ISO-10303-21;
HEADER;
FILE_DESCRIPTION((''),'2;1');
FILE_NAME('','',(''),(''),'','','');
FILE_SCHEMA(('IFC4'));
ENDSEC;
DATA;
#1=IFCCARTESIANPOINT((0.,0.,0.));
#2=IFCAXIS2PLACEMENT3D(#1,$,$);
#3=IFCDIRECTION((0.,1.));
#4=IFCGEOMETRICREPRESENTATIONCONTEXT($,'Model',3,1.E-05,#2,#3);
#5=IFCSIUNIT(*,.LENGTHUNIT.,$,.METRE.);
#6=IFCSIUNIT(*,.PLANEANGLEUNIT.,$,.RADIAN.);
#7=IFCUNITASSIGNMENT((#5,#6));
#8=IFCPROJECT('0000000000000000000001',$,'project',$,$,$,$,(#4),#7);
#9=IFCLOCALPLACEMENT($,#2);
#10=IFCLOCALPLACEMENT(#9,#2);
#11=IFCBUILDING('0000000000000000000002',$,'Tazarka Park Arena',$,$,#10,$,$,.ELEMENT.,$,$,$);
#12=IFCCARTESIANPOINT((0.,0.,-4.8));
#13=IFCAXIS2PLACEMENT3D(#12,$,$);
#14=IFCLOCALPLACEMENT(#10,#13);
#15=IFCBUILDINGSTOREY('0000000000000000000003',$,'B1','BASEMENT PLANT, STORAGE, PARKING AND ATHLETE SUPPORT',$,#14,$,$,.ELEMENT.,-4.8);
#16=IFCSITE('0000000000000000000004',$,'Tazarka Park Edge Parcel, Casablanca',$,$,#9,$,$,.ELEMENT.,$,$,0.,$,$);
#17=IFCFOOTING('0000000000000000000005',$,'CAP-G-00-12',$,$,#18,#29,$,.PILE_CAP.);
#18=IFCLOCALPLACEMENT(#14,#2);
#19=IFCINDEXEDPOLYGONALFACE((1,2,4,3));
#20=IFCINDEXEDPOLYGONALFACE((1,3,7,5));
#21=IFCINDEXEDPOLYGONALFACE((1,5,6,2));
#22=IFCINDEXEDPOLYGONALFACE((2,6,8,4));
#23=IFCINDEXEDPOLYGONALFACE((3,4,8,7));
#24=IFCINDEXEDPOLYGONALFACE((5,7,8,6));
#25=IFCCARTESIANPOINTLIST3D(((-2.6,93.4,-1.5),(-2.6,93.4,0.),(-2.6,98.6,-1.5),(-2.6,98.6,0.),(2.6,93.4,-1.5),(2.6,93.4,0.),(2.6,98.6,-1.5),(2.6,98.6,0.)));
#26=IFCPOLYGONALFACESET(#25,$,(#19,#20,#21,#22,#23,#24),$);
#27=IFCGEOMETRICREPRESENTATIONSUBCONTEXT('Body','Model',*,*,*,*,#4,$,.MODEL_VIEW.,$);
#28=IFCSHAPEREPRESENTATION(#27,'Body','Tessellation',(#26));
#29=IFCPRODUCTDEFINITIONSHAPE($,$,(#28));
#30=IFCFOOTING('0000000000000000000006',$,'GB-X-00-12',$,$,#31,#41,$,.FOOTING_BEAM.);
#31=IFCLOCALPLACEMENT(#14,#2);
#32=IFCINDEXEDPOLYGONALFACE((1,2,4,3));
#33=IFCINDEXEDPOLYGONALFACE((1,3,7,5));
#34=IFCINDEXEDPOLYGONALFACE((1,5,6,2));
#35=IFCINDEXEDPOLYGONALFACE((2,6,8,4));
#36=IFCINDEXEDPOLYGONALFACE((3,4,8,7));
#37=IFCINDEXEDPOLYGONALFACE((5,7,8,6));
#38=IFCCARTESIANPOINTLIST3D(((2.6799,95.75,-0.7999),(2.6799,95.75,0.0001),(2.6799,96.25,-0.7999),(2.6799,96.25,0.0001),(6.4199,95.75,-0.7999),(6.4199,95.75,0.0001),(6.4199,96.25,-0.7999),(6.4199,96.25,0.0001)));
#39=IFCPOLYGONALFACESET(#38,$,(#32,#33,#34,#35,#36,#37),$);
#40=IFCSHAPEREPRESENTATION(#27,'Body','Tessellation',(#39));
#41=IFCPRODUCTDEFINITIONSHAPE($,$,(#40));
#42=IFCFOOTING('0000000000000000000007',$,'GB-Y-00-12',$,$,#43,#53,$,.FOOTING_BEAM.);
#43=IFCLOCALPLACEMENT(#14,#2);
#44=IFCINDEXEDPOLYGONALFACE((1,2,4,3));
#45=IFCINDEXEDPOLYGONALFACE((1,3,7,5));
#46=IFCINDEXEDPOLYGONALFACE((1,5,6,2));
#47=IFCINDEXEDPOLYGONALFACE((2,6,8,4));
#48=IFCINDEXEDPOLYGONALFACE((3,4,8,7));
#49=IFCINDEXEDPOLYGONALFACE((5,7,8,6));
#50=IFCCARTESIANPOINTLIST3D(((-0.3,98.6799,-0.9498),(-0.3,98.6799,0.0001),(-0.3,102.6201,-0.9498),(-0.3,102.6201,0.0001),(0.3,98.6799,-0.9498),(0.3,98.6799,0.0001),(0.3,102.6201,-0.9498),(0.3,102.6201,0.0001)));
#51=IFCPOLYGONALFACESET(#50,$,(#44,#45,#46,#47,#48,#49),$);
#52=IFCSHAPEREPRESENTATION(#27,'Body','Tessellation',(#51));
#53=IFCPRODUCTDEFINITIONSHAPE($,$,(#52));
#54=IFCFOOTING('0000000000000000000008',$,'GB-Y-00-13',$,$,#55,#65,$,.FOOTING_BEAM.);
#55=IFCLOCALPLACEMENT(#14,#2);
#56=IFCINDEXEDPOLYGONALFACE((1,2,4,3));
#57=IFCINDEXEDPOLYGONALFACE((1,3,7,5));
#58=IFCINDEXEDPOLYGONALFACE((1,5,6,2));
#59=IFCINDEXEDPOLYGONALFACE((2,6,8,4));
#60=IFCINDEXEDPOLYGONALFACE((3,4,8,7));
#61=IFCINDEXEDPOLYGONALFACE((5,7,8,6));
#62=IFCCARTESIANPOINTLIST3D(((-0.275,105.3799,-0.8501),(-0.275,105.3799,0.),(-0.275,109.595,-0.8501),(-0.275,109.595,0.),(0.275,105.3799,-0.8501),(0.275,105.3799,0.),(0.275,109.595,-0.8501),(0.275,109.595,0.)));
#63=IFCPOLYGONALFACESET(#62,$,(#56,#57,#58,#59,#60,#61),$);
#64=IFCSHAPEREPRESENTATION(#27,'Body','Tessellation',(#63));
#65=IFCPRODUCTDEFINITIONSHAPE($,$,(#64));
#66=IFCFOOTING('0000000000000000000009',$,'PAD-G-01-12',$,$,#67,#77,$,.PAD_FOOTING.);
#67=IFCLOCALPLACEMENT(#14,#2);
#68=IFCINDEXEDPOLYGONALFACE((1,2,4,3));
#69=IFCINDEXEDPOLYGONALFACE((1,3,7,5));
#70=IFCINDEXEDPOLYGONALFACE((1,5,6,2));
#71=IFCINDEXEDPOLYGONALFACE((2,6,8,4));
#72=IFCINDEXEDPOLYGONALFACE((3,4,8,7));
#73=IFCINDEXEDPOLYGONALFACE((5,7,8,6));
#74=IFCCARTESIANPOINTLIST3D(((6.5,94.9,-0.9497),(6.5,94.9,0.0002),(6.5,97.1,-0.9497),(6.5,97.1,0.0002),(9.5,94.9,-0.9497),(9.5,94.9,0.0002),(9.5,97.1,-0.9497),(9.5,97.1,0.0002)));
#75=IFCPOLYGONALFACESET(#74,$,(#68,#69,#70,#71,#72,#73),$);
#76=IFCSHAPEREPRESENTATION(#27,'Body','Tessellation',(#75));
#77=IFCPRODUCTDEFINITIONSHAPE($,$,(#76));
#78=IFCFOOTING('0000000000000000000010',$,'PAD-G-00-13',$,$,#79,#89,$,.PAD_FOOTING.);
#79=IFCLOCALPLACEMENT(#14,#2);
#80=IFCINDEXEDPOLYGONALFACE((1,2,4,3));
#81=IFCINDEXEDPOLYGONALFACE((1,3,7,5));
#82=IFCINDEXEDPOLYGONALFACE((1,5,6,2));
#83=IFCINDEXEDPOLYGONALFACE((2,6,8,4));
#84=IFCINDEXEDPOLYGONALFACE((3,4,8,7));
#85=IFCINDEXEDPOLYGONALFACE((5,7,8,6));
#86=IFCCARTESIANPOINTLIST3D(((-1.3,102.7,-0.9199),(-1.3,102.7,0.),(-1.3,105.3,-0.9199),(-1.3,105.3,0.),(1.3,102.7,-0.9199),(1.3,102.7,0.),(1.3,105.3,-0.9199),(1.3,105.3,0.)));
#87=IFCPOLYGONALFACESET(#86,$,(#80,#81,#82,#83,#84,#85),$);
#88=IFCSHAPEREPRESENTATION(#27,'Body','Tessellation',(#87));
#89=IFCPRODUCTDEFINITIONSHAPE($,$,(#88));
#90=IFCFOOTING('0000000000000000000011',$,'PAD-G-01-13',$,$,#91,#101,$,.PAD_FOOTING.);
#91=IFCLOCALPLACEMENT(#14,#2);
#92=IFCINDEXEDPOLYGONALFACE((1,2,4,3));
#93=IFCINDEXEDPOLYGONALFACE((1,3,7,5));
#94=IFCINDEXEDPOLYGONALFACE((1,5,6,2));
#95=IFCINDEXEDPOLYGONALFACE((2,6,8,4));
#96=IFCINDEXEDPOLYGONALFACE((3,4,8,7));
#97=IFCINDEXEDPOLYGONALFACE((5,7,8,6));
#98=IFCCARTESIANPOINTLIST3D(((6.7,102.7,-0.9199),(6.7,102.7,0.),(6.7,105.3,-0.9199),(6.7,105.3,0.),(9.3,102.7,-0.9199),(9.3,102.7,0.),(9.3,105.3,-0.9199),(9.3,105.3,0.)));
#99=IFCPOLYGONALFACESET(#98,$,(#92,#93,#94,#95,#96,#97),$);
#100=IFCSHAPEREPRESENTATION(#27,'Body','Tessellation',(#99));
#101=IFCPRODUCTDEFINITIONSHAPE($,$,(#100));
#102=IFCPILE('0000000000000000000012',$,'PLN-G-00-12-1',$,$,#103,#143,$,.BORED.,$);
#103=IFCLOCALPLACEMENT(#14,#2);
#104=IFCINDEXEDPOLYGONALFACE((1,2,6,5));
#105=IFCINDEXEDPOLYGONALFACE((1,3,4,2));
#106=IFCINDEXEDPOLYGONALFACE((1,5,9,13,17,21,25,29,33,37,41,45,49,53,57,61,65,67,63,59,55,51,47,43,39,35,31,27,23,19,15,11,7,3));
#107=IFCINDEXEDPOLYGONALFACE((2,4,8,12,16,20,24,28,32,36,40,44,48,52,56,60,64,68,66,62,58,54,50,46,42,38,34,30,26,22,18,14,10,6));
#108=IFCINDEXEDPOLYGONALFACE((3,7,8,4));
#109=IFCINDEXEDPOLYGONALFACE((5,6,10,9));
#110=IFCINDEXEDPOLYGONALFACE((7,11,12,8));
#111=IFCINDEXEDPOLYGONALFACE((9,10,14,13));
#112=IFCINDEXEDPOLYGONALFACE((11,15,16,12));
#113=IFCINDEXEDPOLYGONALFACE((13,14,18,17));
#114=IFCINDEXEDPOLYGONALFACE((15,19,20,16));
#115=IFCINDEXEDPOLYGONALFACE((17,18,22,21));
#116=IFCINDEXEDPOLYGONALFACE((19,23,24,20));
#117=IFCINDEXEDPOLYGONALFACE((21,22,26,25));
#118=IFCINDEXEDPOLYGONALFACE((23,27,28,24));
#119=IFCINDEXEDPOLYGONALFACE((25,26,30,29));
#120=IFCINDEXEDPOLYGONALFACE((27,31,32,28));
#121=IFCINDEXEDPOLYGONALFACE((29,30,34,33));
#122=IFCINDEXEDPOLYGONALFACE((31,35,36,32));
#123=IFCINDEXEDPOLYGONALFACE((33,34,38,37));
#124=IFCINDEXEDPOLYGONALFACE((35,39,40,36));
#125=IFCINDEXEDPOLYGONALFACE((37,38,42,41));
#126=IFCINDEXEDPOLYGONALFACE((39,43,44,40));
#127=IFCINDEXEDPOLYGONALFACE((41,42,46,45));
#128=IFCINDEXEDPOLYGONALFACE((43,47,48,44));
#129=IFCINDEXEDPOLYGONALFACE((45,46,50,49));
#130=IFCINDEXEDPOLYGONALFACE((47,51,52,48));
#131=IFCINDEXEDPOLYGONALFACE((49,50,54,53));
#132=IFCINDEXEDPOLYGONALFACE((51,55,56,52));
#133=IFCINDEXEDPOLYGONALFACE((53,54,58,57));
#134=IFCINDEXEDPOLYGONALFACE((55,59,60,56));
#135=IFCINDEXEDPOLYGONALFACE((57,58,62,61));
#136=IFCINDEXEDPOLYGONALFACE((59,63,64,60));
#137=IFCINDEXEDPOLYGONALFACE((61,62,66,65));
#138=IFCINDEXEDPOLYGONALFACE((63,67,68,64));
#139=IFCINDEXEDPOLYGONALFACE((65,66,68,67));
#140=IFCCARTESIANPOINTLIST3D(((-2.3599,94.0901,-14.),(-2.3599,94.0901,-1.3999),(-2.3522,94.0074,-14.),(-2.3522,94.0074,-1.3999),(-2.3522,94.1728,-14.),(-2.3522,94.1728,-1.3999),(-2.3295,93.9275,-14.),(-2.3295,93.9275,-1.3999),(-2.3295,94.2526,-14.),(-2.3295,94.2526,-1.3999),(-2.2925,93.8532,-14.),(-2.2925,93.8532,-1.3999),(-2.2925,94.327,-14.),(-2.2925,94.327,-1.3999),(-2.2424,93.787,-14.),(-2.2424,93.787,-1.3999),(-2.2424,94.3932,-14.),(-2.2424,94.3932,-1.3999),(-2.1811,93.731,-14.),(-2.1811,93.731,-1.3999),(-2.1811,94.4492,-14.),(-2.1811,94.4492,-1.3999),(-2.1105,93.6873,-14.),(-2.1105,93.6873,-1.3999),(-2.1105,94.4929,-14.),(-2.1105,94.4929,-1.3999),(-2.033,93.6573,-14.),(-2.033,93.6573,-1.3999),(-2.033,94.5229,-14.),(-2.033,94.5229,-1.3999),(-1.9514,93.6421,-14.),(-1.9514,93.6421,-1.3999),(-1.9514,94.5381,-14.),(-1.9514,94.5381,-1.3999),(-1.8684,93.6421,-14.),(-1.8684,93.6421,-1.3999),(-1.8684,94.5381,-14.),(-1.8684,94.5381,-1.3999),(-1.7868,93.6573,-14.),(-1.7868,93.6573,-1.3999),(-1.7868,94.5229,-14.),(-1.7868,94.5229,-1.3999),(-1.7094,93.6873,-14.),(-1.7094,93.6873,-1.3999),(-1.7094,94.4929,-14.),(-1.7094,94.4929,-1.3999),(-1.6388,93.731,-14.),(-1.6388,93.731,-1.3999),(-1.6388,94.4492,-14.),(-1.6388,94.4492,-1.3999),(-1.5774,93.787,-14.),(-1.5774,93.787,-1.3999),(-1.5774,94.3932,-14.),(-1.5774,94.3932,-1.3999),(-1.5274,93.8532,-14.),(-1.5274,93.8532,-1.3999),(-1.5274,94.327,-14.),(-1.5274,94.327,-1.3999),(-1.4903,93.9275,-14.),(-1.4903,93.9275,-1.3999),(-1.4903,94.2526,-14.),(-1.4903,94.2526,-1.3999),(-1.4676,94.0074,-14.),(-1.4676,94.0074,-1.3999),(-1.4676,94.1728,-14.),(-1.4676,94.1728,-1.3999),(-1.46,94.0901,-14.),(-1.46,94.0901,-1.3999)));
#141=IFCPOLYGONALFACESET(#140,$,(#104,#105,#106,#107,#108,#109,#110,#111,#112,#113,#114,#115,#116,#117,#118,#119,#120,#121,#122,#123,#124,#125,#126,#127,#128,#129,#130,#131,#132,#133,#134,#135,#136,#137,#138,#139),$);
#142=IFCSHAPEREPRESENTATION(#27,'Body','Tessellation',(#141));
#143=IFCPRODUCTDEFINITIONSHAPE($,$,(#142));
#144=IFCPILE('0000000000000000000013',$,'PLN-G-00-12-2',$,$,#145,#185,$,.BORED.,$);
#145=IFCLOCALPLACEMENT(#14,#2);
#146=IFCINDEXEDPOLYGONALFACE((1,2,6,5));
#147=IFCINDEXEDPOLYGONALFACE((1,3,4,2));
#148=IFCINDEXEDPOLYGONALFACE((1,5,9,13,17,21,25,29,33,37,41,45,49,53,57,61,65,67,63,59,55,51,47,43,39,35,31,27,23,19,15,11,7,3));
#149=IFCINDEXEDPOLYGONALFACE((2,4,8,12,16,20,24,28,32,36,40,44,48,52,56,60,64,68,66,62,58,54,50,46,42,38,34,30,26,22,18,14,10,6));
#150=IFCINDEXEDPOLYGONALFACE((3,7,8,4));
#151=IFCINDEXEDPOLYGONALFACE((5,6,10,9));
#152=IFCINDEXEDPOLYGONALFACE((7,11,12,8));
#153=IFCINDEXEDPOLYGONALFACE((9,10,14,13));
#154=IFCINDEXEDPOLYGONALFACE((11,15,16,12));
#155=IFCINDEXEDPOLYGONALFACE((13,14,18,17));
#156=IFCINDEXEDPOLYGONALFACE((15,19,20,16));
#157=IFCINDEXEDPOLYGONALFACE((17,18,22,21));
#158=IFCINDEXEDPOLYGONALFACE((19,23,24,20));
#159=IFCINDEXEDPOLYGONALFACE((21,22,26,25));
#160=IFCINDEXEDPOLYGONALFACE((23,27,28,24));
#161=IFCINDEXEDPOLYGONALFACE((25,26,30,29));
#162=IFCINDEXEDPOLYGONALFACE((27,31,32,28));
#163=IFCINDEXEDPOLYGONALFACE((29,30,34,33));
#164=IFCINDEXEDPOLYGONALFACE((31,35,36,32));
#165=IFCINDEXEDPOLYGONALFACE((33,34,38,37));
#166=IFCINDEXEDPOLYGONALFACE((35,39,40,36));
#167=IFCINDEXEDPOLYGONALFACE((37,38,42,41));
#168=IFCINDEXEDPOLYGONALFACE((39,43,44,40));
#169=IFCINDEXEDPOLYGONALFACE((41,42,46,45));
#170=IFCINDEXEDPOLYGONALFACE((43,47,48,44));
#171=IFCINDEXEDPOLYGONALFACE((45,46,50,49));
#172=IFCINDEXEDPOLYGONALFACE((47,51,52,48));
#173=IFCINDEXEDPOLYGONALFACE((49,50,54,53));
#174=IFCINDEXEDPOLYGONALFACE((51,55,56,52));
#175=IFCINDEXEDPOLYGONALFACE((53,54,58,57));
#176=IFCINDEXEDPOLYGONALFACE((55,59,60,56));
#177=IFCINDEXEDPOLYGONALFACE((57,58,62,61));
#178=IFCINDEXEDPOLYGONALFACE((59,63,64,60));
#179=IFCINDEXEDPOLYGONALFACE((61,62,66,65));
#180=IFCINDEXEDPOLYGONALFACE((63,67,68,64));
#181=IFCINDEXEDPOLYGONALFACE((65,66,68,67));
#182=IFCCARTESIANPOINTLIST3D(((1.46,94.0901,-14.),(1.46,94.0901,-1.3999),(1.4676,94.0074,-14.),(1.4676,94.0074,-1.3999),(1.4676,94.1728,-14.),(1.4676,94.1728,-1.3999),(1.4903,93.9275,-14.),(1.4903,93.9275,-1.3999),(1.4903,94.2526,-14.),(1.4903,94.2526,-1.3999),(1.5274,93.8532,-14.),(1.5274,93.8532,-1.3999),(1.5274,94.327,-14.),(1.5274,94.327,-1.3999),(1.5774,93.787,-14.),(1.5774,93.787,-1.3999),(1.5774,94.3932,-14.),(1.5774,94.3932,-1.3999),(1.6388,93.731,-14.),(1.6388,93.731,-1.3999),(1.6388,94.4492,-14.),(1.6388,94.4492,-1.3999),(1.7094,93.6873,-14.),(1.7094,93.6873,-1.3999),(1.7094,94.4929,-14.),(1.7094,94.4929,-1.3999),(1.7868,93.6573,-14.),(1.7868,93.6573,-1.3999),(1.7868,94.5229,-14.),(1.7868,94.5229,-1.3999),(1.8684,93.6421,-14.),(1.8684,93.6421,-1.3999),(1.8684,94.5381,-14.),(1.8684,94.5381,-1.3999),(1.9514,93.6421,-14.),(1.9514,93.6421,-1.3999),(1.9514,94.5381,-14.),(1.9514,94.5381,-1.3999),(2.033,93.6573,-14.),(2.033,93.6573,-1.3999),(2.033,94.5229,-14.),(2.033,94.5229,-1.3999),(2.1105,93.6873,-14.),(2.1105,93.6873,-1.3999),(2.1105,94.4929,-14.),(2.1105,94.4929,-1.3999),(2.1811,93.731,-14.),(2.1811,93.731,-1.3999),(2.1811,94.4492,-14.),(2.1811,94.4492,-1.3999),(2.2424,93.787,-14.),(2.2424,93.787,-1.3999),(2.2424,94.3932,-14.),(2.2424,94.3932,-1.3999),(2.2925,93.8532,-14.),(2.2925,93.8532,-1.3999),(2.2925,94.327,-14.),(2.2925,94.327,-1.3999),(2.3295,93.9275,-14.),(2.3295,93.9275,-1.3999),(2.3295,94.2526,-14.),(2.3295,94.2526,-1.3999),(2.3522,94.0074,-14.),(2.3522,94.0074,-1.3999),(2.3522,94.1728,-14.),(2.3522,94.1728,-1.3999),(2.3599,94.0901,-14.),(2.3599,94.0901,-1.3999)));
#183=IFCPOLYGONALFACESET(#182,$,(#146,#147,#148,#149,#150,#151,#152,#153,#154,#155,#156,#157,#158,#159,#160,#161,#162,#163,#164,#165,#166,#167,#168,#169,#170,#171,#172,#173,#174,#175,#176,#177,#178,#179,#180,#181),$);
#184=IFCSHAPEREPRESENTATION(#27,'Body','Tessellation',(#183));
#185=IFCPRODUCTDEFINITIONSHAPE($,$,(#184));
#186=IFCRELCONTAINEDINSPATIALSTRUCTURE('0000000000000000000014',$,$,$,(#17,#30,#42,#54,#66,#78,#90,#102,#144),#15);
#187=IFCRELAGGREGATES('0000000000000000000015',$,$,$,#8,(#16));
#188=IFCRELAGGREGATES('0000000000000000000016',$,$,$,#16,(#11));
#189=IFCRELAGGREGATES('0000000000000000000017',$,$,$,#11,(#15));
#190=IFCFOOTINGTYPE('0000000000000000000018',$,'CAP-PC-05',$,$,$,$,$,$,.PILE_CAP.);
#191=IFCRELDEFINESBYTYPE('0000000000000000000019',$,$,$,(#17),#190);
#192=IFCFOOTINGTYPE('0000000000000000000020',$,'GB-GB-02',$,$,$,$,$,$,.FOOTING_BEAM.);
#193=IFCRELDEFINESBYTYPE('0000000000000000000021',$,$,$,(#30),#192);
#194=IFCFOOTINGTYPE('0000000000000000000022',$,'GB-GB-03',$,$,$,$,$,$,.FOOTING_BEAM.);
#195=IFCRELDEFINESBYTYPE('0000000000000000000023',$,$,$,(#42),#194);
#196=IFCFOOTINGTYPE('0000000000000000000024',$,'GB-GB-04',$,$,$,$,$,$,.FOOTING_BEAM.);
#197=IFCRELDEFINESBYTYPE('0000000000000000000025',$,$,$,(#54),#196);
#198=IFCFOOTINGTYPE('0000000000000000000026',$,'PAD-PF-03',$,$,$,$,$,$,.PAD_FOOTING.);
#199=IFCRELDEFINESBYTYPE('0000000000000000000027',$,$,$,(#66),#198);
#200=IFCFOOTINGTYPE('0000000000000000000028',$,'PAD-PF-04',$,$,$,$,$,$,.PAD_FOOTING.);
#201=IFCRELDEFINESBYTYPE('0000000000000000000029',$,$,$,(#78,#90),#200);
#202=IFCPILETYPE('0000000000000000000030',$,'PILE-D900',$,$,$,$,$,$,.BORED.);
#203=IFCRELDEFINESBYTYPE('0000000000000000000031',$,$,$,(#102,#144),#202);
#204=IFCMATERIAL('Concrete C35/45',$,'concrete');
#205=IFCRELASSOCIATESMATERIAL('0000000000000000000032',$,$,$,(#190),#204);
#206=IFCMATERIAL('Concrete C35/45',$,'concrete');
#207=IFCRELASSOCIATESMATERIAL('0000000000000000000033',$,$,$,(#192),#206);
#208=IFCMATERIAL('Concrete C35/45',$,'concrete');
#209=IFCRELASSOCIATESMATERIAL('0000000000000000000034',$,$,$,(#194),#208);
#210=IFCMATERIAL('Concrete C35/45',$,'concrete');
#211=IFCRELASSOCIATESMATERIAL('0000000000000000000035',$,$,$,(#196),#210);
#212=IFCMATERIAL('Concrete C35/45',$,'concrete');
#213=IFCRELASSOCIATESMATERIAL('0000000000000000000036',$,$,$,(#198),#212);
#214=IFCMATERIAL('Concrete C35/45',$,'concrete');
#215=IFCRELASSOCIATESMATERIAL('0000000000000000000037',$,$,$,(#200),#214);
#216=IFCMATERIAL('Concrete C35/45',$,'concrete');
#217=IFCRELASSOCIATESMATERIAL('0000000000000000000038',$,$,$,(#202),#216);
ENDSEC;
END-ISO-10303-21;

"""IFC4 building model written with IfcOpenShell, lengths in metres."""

from ifc_helpers import new_model, si_unit, direction, frame, origin, origin_2d, place, context, subcontext, project, spatial, rectangle, circle, extrude, material, material_profile, profile_set, type_object, element, save


model = new_model("IFC4")

# Units and contexts
model_context = context("Model", 3, precision=1e-05, world=origin(), true_north=direction((0.0, 1.0)))
body_context = subcontext(model_context, "Body", "Model", "MODEL_VIEW")
ifc_project = project(units=[si_unit("LENGTHUNIT", "METRE"), si_unit("PLANEANGLEUNIT", "RADIAN")], contexts=[model_context])

# Site, building, storey
site_placement = place(None, origin())
site = spatial("IfcSite", under=ifc_project, at=site_placement, Name="Tazarka Park Edge Parcel, Casablanca", CompositionType="ELEMENT", RefElevation=0.0)
building_placement = place(site_placement, origin())
building = spatial("IfcBuilding", under=site, at=building_placement, Name="Tazarka Park Arena", CompositionType="ELEMENT")
storey_placement = place(building_placement, frame((0.0, 0.0, -4.8)))
storey = spatial("IfcBuildingStorey", under=building, at=storey_placement, Name="B1", Description="BASEMENT PLANT, STORAGE, PARKING AND ATHLETE SUPPORT", CompositionType="ELEMENT", Elevation=-4.8)

# Footings
ifc_material_1 = material(Name="Concrete C35/45", Category="concrete")
footing_type_1 = type_object("IfcFootingType", Name="CAP-PC-05", PredefinedType="PILE_CAP", material=ifc_material_1)
footing_1_placement = place(storey_placement, frame((0.0, 96.0, -1.5), z_axis=(0.0, 0.0, 1.0), x_axis=(1.0, 0.0, 0.0)))
element("IfcFooting", 1, at=footing_1_placement, inside=storey, type_object=footing_type_1, Name="CAP-G-00-12", PredefinedType="PILE_CAP", context=body_context, shape_type="SweptSolid", body=[
    extrude(rectangle(XDim=5.2, YDim=5.2, at=origin_2d()), origin(), (0.0, 0.0, 1.0), 1.5),
])
ifc_material_2 = material(Name="Concrete C35/45", Category="concrete")
ifc_material_profile_1 = material_profile(ifc_material_2, rectangle(XDim=0.5, YDim=0.8, at=origin_2d()), Name="Concrete C35/45")
ifc_profile_set_1 = profile_set([ifc_material_profile_1], Name="Concrete C35/45")
footing_type_2 = type_object("IfcFootingType", Name="GB-GB-02", PredefinedType="FOOTING_BEAM", material=ifc_profile_set_1)
footing_2_placement = place(storey_placement, frame((2.6799, 96.0, -0.3999), z_axis=(1.0, 0.0, 0.0), x_axis=(0.0, 1.0, 0.0)))
element("IfcFooting", 2, at=footing_2_placement, inside=storey, type_object=footing_type_2, Name="GB-X-00-12", PredefinedType="FOOTING_BEAM", context=body_context, shape_type="SweptSolid", body=[
    extrude(rectangle(XDim=0.5, YDim=0.8, at=origin_2d()), origin(), (0.0, 0.0, 1.0), 3.74),
])
ifc_material_3 = material(Name="Concrete C35/45", Category="concrete")
ifc_material_profile_2 = material_profile(ifc_material_3, rectangle(XDim=0.6001, YDim=0.95, at=origin_2d()), Name="Concrete C35/45")
ifc_profile_set_2 = profile_set([ifc_material_profile_2], Name="Concrete C35/45")
footing_type_3 = type_object("IfcFootingType", Name="GB-GB-03", PredefinedType="FOOTING_BEAM", material=ifc_profile_set_2)
footing_3_placement = place(storey_placement, frame((0.0, 98.6799, -0.4749), z_axis=(0.0, 1.0, 0.0), x_axis=(-1.0, 0.0, 0.0)))
element("IfcFooting", 3, at=footing_3_placement, inside=storey, type_object=footing_type_3, Name="GB-Y-00-12", PredefinedType="FOOTING_BEAM", context=body_context, shape_type="SweptSolid", body=[
    extrude(rectangle(XDim=0.6001, YDim=0.95, at=origin_2d()), origin(), (0.0, 0.0, 1.0), 3.9402),
])
ifc_material_4 = material(Name="Concrete C35/45", Category="concrete")
ifc_material_profile_3 = material_profile(ifc_material_4, rectangle(XDim=0.55, YDim=0.8501, at=origin_2d()), Name="Concrete C35/45")
ifc_profile_set_3 = profile_set([ifc_material_profile_3], Name="Concrete C35/45")
footing_type_4 = type_object("IfcFootingType", Name="GB-GB-04", PredefinedType="FOOTING_BEAM", material=ifc_profile_set_3)
footing_4_placement = place(storey_placement, frame((0.0, 105.3799, -0.425), z_axis=(0.0, 1.0, 0.0), x_axis=(-1.0, 0.0, 0.0)))
element("IfcFooting", 4, at=footing_4_placement, inside=storey, type_object=footing_type_4, Name="GB-Y-00-13", PredefinedType="FOOTING_BEAM", context=body_context, shape_type="SweptSolid", body=[
    extrude(rectangle(XDim=0.55, YDim=0.8501, at=origin_2d()), origin(), (0.0, 0.0, 1.0), 4.2151),
])
ifc_material_5 = material(Name="Concrete C35/45", Category="concrete")
footing_type_5 = type_object("IfcFootingType", Name="PAD-PF-03", PredefinedType="PAD_FOOTING", material=ifc_material_5)
footing_5_placement = place(storey_placement, frame((8.0, 96.0, -0.9497), z_axis=(0.0, 0.0, 1.0), x_axis=(1.0, 0.0, 0.0)))
element("IfcFooting", 5, at=footing_5_placement, inside=storey, type_object=footing_type_5, Name="PAD-G-01-12", PredefinedType="PAD_FOOTING", context=body_context, shape_type="SweptSolid", body=[
    extrude(rectangle(XDim=3.0, YDim=2.2, at=origin_2d()), origin(), (0.0, 0.0, 1.0), 0.95),
])
ifc_material_6 = material(Name="Concrete C35/45", Category="concrete")
footing_type_6 = type_object("IfcFootingType", Name="PAD-PF-04", PredefinedType="PAD_FOOTING", material=ifc_material_6)
for number, where, z_axis, x_axis, name in (
    (6, (0.0, 104.0, -0.9199), (0.0, 0.0, 1.0), (1.0, 0.0, 0.0), "PAD-G-00-13"),
    (7, (8.0, 104.0, -0.9199), (0.0, 0.0, 1.0), (1.0, 0.0, 0.0), "PAD-G-01-13"),
):
    element("IfcFooting", number, at=place(storey_placement, frame(where, z_axis=z_axis, x_axis=x_axis)), inside=storey, type_object=footing_type_6, Name=name, PredefinedType="PAD_FOOTING", context=body_context, shape_type="SweptSolid", body=[
        extrude(rectangle(XDim=2.6001, YDim=2.6001, at=origin_2d()), origin(), (0.0, 0.0, 1.0), 0.9199),
    ])

# Piles
ifc_material_7 = material(Name="Concrete C35/45", Category="concrete")
ifc_material_profile_4 = material_profile(ifc_material_7, circle(Radius=0.45, at=origin_2d()), Name="Concrete C35/45")
ifc_profile_set_4 = profile_set([ifc_material_profile_4], Name="Concrete C35/45")
pile_type = type_object("IfcPileType", Name="PILE-D900", PredefinedType="BORED", material=ifc_profile_set_4)
for number, where, z_axis, x_axis, name in (
    (8, (-1.9099, 94.0901, -1.3999), (0.0, 0.0, -1.0), (1.0, 0.0, 0.0), "PLN-G-00-12-1"),
    (9, (1.9099, 94.0901, -1.3999), (0.0, 0.0, -1.0), (1.0, 0.0, 0.0), "PLN-G-00-12-2"),
):
    element("IfcPile", number, at=place(storey_placement, frame(where, z_axis=z_axis, x_axis=x_axis)), inside=storey, type_object=pile_type, Name=name, PredefinedType="BORED", context=body_context, shape_type="SweptSolid", body=[
        extrude(circle(Radius=0.45, at=origin_2d()), origin(), (0.0, 0.0, 1.0), 12.6001),
    ])

save(model, "model.ifc")
